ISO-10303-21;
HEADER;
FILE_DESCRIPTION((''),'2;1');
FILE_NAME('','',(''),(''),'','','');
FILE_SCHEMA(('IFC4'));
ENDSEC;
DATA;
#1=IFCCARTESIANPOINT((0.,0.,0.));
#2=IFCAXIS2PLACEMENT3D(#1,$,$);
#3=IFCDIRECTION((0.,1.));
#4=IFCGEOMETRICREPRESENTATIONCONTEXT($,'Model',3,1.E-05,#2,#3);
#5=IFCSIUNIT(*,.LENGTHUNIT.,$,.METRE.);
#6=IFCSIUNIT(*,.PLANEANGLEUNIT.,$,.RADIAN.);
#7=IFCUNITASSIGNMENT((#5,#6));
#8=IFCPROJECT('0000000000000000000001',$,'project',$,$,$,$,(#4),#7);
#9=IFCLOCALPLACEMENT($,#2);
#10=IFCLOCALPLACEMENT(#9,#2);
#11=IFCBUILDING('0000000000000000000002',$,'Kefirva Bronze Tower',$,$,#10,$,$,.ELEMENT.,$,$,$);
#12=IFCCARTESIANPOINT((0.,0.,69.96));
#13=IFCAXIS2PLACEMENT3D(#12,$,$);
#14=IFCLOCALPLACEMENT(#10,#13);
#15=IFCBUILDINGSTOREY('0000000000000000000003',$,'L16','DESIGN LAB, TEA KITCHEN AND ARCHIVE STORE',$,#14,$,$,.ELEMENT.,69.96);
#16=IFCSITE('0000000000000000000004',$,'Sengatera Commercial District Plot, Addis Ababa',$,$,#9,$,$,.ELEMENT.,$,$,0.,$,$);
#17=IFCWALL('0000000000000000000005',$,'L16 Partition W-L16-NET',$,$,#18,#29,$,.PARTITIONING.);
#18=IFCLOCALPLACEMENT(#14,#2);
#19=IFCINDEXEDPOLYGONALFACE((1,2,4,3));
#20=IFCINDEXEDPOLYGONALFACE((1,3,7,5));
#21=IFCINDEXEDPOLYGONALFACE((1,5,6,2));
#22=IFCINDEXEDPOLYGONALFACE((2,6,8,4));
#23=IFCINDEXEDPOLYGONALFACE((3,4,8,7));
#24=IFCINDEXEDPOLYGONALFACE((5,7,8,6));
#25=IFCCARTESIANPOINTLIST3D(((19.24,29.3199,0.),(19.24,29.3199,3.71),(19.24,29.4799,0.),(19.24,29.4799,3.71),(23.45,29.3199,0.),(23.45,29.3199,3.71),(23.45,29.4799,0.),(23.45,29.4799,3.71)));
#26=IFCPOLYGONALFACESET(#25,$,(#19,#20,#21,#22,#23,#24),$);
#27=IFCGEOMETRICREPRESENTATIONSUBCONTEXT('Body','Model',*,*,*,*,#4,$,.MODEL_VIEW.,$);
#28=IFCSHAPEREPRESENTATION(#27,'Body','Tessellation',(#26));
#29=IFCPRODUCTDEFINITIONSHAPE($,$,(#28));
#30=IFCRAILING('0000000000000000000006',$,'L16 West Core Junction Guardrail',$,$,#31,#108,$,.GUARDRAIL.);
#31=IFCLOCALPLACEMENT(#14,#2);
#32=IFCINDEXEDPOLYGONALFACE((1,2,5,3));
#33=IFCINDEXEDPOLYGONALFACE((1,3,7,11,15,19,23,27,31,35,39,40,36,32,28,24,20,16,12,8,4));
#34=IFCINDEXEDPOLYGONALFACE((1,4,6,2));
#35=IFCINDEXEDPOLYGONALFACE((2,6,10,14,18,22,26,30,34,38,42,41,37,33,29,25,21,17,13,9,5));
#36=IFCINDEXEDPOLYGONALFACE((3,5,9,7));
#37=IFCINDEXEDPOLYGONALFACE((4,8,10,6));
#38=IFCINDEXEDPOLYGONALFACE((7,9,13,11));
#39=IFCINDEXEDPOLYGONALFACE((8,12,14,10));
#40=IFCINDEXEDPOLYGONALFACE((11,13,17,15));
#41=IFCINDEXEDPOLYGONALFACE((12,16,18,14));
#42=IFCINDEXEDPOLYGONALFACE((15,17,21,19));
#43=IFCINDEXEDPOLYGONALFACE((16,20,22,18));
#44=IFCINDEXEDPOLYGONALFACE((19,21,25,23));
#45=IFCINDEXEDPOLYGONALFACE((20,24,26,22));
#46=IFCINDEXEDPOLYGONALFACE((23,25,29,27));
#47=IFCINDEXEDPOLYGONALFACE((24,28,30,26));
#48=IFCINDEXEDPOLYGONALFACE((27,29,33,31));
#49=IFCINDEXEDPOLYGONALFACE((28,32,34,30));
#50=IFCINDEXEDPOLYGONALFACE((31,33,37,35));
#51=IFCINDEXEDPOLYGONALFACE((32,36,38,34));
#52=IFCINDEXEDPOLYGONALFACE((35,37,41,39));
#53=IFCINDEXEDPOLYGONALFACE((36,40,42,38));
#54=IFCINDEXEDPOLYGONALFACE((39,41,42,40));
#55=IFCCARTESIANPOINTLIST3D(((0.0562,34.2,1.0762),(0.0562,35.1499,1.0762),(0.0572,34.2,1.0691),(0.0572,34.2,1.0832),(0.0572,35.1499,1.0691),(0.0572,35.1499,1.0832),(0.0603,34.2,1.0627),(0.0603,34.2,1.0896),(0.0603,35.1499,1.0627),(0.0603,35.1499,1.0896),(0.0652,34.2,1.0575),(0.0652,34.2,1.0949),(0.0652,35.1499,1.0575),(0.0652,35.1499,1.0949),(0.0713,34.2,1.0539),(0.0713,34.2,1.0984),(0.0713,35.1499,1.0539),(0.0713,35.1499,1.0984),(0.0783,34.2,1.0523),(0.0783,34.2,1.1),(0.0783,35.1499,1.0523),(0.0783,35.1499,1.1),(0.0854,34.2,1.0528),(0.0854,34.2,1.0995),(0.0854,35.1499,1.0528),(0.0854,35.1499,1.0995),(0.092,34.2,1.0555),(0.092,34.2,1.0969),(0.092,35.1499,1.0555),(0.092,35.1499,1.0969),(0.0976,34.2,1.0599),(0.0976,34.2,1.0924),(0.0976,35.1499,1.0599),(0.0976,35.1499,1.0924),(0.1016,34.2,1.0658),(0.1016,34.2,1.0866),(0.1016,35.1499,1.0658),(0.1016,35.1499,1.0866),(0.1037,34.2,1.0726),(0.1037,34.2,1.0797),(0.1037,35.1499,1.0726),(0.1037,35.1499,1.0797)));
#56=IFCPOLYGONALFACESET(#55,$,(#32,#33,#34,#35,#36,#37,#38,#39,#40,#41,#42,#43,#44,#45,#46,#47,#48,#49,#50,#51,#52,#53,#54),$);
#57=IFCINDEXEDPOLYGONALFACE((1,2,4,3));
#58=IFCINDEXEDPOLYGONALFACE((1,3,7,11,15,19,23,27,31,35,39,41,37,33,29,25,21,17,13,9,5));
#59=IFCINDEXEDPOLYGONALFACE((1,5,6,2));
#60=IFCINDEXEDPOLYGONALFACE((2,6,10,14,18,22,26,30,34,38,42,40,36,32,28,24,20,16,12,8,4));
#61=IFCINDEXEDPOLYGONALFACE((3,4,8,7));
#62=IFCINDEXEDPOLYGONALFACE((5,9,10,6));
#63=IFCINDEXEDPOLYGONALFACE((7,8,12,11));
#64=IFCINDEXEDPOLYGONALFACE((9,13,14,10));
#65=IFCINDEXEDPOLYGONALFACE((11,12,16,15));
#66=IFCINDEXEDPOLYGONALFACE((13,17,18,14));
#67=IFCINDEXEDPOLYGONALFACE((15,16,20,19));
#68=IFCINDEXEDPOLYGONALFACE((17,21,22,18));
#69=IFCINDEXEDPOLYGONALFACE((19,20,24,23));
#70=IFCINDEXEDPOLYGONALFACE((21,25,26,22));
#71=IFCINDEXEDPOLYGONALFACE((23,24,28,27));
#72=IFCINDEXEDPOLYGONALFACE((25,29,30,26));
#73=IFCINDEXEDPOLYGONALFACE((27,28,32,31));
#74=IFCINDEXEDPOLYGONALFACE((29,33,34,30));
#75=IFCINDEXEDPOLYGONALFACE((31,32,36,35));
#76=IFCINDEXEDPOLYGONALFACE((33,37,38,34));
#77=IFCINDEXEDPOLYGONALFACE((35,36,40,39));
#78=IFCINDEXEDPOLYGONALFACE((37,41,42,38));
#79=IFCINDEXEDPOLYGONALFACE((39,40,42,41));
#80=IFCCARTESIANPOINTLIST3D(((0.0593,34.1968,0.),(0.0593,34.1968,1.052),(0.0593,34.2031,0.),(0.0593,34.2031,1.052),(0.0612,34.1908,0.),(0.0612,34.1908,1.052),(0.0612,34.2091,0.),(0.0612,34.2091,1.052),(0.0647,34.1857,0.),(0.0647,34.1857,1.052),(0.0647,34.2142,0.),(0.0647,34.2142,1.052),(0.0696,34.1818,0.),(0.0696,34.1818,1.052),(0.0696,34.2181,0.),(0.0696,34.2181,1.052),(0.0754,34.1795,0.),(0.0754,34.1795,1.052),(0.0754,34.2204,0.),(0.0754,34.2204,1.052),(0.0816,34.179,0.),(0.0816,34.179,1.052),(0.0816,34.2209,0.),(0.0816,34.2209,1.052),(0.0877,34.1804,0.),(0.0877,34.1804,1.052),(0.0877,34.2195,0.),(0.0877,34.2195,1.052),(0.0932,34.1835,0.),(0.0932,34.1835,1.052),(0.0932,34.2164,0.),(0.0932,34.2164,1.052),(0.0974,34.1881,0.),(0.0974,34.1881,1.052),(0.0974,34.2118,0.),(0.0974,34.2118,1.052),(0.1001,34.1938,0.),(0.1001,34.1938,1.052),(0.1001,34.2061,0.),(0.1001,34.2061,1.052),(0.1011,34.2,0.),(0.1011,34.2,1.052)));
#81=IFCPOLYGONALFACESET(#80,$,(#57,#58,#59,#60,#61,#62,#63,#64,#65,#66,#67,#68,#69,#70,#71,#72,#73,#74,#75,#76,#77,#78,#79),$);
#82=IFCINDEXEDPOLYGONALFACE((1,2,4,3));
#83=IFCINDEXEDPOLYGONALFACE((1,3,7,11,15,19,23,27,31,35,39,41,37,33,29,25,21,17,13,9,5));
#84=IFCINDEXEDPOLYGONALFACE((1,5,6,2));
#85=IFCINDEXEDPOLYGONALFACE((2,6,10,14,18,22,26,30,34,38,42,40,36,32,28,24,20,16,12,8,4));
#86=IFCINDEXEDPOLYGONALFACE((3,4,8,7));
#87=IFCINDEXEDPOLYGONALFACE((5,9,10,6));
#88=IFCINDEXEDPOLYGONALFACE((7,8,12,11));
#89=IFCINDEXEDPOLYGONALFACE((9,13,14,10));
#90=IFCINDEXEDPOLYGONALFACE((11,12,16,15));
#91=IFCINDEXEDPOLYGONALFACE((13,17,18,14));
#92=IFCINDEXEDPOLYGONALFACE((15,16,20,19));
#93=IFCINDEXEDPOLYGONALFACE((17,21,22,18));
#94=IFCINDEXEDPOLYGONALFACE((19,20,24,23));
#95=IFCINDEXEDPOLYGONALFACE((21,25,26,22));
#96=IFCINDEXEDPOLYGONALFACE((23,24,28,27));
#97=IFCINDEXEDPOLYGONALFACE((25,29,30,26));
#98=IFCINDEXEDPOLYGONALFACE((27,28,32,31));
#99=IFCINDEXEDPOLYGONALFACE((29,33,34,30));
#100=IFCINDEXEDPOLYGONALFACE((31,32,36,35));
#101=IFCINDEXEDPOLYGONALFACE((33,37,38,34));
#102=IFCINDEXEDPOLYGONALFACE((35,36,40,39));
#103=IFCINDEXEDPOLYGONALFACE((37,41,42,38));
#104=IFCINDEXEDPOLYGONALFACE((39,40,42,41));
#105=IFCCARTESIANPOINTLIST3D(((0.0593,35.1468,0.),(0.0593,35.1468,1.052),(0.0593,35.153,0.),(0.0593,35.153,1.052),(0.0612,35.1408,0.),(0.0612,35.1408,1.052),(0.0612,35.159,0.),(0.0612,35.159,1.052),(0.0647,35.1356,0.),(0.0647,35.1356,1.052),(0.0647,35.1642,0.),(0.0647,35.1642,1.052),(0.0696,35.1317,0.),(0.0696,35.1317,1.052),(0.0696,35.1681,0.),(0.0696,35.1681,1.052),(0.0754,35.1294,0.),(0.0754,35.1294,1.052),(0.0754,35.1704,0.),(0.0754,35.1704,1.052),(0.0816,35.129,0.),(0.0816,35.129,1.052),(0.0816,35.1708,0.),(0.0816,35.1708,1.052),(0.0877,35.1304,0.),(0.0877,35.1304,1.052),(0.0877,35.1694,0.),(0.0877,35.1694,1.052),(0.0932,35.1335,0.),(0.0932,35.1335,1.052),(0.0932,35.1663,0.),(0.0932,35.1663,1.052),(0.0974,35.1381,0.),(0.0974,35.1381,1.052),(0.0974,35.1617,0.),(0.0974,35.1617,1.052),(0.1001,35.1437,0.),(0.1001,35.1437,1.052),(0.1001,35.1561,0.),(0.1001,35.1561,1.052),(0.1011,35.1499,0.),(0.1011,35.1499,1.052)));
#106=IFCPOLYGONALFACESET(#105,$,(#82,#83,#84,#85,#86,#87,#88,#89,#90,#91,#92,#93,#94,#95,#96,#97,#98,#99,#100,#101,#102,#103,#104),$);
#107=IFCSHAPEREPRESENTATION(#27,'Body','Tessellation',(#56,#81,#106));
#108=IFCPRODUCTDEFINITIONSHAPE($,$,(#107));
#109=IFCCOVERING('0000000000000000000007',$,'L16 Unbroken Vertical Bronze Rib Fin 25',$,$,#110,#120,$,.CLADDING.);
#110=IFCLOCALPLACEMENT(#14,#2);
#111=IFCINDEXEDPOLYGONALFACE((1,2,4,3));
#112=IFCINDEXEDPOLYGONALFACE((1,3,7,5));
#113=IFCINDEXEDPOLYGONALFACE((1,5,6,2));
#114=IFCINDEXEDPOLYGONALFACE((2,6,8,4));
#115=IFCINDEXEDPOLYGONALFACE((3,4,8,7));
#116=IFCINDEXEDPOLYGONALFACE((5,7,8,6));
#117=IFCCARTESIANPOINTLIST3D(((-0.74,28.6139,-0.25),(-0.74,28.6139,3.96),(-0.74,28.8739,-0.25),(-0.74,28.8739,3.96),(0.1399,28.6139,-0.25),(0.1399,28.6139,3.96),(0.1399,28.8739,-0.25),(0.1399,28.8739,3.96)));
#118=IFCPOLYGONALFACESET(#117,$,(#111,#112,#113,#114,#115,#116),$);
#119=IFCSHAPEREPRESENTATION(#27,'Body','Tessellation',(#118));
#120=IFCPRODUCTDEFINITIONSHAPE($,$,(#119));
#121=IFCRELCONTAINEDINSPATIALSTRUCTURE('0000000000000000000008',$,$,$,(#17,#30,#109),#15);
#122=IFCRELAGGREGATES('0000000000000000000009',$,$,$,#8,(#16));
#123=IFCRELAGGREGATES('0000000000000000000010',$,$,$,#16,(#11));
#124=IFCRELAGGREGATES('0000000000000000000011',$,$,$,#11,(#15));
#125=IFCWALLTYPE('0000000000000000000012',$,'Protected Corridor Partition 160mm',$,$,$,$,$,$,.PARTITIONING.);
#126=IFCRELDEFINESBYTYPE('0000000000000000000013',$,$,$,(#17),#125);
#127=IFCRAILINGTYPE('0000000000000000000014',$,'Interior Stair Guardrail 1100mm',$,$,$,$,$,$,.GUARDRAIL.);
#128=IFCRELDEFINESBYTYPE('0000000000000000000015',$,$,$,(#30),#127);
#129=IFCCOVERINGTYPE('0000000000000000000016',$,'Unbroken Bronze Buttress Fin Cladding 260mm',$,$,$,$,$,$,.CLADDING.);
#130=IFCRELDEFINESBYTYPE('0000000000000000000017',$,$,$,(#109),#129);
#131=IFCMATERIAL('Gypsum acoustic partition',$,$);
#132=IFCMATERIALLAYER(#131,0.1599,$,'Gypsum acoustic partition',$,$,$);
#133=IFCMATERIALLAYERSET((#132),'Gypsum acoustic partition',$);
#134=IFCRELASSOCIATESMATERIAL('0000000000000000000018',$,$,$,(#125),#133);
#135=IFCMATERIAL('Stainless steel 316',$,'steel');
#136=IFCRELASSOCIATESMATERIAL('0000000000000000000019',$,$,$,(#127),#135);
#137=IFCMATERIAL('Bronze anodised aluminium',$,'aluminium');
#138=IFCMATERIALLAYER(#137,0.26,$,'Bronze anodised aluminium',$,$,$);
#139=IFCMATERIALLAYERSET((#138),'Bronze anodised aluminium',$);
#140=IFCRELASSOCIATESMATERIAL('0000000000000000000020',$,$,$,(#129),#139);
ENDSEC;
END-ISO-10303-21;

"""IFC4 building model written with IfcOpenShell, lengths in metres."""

from ifc_helpers import new_model, si_unit, direction, frame, frame_2d, origin, origin_2d, place, context, subcontext, project, spatial, rectangle, circle, extrude, material, layer, layer_set, type_object, element, save


model = new_model("IFC4")

# Units and contexts
model_context = context("Model", 3, precision=1e-05, world=origin(), true_north=direction((0.0, 1.0)))
body_context = subcontext(model_context, "Body", "Model", "MODEL_VIEW")
ifc_project = project(units=[si_unit("LENGTHUNIT", "METRE"), si_unit("PLANEANGLEUNIT", "RADIAN")], contexts=[model_context])

# Site, building, storey
site_placement = place(None, origin())
site = spatial("IfcSite", under=ifc_project, at=site_placement, Name="Sengatera Commercial District Plot, Addis Ababa", CompositionType="ELEMENT", RefElevation=0.0)
building_placement = place(site_placement, origin())
building = spatial("IfcBuilding", under=site, at=building_placement, Name="Kefirva Bronze Tower", CompositionType="ELEMENT")
storey_placement = place(building_placement, frame((0.0, 0.0, 69.96)))
storey = spatial("IfcBuildingStorey", under=building, at=storey_placement, Name="L16", Description="DESIGN LAB, TEA KITCHEN AND ARCHIVE STORE", CompositionType="ELEMENT", Elevation=69.96)

# Shared definitions
ifc_material_1 = material(Name="Bronze anodised aluminium", Category="aluminium")

# Wall
ifc_material_2 = material(Name="Gypsum acoustic partition")
ifc_layer_1 = layer(ifc_material_2, 0.1599, Name="Gypsum acoustic partition")
ifc_layer_set_1 = layer_set([ifc_layer_1], Name="Gypsum acoustic partition")
wall_type_1 = type_object("IfcWallType", Name="Protected Corridor Partition 160mm", PredefinedType="PARTITIONING", material=ifc_layer_set_1)
wall_1_placement = place(storey_placement, frame((19.24, 29.3999, 0.0), z_axis=(0.0, 0.0, 1.0), x_axis=(1.0, 0.0, 0.0)))
element("IfcWall", 1, at=wall_1_placement, inside=storey, type_object=wall_type_1, Name="L16 Partition W-L16-NET", PredefinedType="PARTITIONING", context=body_context, shape_type="SweptSolid", body=[
    extrude(rectangle(XDim=4.21, YDim=0.1599, at=frame_2d((2.105, 0.0))), origin(), (0.0, 0.0, 1.0), 3.71),
])

# Railing
ifc_material_3 = material(Name="Stainless steel 316", Category="steel")
railing_type = type_object("IfcRailingType", Name="Interior Stair Guardrail 1100mm", PredefinedType="GUARDRAIL", material=ifc_material_3)
railing_placement = place(storey_placement, frame((0.0801, 34.2, 0.0)))
element("IfcRailing", 2, at=railing_placement, inside=storey, type_object=railing_type, Name="L16 West Core Junction Guardrail", PredefinedType="GUARDRAIL", context=body_context, shape_type="SweptSolid", body=[
    extrude(circle(Radius=0.0239, at=origin_2d()), frame((0.0, 0.0, 1.0762), z_axis=(0.0, 1.0, 0.0), x_axis=(-1.0, 0.0, 0.0)), (0.0, 0.0, 1.0), 0.95),
    extrude(circle(Radius=0.021, at=origin_2d()), origin(), (0.0, 0.0, 1.0), 1.052),
    extrude(circle(Radius=0.021, at=origin_2d()), frame((0.0, 0.95, 0.0)), (0.0, 0.0, 1.0), 1.052),
])

# Covering
ifc_layer_2 = layer(ifc_material_1, 0.26, Name="Bronze anodised aluminium")
ifc_layer_set_2 = layer_set([ifc_layer_2], Name="Bronze anodised aluminium")
covering_type = type_object("IfcCoveringType", Name="Unbroken Bronze Buttress Fin Cladding 260mm", PredefinedType="CLADDING", material=ifc_layer_set_2)
covering_placement = place(storey_placement, frame((-0.3, 28.7439, -0.25), z_axis=(0.0, 0.0, 1.0), x_axis=(0.0, -1.0, 0.0)))
element("IfcCovering", 3, at=covering_placement, inside=storey, type_object=covering_type, Name="L16 Unbroken Vertical Bronze Rib Fin 25", PredefinedType="CLADDING", context=body_context, shape_type="SweptSolid", body=[
    extrude(rectangle(XDim=0.26, YDim=0.8799, at=origin_2d()), origin(), (0.0, 0.0, 1.0), 4.21),
])

save(model, "model.ifc")
